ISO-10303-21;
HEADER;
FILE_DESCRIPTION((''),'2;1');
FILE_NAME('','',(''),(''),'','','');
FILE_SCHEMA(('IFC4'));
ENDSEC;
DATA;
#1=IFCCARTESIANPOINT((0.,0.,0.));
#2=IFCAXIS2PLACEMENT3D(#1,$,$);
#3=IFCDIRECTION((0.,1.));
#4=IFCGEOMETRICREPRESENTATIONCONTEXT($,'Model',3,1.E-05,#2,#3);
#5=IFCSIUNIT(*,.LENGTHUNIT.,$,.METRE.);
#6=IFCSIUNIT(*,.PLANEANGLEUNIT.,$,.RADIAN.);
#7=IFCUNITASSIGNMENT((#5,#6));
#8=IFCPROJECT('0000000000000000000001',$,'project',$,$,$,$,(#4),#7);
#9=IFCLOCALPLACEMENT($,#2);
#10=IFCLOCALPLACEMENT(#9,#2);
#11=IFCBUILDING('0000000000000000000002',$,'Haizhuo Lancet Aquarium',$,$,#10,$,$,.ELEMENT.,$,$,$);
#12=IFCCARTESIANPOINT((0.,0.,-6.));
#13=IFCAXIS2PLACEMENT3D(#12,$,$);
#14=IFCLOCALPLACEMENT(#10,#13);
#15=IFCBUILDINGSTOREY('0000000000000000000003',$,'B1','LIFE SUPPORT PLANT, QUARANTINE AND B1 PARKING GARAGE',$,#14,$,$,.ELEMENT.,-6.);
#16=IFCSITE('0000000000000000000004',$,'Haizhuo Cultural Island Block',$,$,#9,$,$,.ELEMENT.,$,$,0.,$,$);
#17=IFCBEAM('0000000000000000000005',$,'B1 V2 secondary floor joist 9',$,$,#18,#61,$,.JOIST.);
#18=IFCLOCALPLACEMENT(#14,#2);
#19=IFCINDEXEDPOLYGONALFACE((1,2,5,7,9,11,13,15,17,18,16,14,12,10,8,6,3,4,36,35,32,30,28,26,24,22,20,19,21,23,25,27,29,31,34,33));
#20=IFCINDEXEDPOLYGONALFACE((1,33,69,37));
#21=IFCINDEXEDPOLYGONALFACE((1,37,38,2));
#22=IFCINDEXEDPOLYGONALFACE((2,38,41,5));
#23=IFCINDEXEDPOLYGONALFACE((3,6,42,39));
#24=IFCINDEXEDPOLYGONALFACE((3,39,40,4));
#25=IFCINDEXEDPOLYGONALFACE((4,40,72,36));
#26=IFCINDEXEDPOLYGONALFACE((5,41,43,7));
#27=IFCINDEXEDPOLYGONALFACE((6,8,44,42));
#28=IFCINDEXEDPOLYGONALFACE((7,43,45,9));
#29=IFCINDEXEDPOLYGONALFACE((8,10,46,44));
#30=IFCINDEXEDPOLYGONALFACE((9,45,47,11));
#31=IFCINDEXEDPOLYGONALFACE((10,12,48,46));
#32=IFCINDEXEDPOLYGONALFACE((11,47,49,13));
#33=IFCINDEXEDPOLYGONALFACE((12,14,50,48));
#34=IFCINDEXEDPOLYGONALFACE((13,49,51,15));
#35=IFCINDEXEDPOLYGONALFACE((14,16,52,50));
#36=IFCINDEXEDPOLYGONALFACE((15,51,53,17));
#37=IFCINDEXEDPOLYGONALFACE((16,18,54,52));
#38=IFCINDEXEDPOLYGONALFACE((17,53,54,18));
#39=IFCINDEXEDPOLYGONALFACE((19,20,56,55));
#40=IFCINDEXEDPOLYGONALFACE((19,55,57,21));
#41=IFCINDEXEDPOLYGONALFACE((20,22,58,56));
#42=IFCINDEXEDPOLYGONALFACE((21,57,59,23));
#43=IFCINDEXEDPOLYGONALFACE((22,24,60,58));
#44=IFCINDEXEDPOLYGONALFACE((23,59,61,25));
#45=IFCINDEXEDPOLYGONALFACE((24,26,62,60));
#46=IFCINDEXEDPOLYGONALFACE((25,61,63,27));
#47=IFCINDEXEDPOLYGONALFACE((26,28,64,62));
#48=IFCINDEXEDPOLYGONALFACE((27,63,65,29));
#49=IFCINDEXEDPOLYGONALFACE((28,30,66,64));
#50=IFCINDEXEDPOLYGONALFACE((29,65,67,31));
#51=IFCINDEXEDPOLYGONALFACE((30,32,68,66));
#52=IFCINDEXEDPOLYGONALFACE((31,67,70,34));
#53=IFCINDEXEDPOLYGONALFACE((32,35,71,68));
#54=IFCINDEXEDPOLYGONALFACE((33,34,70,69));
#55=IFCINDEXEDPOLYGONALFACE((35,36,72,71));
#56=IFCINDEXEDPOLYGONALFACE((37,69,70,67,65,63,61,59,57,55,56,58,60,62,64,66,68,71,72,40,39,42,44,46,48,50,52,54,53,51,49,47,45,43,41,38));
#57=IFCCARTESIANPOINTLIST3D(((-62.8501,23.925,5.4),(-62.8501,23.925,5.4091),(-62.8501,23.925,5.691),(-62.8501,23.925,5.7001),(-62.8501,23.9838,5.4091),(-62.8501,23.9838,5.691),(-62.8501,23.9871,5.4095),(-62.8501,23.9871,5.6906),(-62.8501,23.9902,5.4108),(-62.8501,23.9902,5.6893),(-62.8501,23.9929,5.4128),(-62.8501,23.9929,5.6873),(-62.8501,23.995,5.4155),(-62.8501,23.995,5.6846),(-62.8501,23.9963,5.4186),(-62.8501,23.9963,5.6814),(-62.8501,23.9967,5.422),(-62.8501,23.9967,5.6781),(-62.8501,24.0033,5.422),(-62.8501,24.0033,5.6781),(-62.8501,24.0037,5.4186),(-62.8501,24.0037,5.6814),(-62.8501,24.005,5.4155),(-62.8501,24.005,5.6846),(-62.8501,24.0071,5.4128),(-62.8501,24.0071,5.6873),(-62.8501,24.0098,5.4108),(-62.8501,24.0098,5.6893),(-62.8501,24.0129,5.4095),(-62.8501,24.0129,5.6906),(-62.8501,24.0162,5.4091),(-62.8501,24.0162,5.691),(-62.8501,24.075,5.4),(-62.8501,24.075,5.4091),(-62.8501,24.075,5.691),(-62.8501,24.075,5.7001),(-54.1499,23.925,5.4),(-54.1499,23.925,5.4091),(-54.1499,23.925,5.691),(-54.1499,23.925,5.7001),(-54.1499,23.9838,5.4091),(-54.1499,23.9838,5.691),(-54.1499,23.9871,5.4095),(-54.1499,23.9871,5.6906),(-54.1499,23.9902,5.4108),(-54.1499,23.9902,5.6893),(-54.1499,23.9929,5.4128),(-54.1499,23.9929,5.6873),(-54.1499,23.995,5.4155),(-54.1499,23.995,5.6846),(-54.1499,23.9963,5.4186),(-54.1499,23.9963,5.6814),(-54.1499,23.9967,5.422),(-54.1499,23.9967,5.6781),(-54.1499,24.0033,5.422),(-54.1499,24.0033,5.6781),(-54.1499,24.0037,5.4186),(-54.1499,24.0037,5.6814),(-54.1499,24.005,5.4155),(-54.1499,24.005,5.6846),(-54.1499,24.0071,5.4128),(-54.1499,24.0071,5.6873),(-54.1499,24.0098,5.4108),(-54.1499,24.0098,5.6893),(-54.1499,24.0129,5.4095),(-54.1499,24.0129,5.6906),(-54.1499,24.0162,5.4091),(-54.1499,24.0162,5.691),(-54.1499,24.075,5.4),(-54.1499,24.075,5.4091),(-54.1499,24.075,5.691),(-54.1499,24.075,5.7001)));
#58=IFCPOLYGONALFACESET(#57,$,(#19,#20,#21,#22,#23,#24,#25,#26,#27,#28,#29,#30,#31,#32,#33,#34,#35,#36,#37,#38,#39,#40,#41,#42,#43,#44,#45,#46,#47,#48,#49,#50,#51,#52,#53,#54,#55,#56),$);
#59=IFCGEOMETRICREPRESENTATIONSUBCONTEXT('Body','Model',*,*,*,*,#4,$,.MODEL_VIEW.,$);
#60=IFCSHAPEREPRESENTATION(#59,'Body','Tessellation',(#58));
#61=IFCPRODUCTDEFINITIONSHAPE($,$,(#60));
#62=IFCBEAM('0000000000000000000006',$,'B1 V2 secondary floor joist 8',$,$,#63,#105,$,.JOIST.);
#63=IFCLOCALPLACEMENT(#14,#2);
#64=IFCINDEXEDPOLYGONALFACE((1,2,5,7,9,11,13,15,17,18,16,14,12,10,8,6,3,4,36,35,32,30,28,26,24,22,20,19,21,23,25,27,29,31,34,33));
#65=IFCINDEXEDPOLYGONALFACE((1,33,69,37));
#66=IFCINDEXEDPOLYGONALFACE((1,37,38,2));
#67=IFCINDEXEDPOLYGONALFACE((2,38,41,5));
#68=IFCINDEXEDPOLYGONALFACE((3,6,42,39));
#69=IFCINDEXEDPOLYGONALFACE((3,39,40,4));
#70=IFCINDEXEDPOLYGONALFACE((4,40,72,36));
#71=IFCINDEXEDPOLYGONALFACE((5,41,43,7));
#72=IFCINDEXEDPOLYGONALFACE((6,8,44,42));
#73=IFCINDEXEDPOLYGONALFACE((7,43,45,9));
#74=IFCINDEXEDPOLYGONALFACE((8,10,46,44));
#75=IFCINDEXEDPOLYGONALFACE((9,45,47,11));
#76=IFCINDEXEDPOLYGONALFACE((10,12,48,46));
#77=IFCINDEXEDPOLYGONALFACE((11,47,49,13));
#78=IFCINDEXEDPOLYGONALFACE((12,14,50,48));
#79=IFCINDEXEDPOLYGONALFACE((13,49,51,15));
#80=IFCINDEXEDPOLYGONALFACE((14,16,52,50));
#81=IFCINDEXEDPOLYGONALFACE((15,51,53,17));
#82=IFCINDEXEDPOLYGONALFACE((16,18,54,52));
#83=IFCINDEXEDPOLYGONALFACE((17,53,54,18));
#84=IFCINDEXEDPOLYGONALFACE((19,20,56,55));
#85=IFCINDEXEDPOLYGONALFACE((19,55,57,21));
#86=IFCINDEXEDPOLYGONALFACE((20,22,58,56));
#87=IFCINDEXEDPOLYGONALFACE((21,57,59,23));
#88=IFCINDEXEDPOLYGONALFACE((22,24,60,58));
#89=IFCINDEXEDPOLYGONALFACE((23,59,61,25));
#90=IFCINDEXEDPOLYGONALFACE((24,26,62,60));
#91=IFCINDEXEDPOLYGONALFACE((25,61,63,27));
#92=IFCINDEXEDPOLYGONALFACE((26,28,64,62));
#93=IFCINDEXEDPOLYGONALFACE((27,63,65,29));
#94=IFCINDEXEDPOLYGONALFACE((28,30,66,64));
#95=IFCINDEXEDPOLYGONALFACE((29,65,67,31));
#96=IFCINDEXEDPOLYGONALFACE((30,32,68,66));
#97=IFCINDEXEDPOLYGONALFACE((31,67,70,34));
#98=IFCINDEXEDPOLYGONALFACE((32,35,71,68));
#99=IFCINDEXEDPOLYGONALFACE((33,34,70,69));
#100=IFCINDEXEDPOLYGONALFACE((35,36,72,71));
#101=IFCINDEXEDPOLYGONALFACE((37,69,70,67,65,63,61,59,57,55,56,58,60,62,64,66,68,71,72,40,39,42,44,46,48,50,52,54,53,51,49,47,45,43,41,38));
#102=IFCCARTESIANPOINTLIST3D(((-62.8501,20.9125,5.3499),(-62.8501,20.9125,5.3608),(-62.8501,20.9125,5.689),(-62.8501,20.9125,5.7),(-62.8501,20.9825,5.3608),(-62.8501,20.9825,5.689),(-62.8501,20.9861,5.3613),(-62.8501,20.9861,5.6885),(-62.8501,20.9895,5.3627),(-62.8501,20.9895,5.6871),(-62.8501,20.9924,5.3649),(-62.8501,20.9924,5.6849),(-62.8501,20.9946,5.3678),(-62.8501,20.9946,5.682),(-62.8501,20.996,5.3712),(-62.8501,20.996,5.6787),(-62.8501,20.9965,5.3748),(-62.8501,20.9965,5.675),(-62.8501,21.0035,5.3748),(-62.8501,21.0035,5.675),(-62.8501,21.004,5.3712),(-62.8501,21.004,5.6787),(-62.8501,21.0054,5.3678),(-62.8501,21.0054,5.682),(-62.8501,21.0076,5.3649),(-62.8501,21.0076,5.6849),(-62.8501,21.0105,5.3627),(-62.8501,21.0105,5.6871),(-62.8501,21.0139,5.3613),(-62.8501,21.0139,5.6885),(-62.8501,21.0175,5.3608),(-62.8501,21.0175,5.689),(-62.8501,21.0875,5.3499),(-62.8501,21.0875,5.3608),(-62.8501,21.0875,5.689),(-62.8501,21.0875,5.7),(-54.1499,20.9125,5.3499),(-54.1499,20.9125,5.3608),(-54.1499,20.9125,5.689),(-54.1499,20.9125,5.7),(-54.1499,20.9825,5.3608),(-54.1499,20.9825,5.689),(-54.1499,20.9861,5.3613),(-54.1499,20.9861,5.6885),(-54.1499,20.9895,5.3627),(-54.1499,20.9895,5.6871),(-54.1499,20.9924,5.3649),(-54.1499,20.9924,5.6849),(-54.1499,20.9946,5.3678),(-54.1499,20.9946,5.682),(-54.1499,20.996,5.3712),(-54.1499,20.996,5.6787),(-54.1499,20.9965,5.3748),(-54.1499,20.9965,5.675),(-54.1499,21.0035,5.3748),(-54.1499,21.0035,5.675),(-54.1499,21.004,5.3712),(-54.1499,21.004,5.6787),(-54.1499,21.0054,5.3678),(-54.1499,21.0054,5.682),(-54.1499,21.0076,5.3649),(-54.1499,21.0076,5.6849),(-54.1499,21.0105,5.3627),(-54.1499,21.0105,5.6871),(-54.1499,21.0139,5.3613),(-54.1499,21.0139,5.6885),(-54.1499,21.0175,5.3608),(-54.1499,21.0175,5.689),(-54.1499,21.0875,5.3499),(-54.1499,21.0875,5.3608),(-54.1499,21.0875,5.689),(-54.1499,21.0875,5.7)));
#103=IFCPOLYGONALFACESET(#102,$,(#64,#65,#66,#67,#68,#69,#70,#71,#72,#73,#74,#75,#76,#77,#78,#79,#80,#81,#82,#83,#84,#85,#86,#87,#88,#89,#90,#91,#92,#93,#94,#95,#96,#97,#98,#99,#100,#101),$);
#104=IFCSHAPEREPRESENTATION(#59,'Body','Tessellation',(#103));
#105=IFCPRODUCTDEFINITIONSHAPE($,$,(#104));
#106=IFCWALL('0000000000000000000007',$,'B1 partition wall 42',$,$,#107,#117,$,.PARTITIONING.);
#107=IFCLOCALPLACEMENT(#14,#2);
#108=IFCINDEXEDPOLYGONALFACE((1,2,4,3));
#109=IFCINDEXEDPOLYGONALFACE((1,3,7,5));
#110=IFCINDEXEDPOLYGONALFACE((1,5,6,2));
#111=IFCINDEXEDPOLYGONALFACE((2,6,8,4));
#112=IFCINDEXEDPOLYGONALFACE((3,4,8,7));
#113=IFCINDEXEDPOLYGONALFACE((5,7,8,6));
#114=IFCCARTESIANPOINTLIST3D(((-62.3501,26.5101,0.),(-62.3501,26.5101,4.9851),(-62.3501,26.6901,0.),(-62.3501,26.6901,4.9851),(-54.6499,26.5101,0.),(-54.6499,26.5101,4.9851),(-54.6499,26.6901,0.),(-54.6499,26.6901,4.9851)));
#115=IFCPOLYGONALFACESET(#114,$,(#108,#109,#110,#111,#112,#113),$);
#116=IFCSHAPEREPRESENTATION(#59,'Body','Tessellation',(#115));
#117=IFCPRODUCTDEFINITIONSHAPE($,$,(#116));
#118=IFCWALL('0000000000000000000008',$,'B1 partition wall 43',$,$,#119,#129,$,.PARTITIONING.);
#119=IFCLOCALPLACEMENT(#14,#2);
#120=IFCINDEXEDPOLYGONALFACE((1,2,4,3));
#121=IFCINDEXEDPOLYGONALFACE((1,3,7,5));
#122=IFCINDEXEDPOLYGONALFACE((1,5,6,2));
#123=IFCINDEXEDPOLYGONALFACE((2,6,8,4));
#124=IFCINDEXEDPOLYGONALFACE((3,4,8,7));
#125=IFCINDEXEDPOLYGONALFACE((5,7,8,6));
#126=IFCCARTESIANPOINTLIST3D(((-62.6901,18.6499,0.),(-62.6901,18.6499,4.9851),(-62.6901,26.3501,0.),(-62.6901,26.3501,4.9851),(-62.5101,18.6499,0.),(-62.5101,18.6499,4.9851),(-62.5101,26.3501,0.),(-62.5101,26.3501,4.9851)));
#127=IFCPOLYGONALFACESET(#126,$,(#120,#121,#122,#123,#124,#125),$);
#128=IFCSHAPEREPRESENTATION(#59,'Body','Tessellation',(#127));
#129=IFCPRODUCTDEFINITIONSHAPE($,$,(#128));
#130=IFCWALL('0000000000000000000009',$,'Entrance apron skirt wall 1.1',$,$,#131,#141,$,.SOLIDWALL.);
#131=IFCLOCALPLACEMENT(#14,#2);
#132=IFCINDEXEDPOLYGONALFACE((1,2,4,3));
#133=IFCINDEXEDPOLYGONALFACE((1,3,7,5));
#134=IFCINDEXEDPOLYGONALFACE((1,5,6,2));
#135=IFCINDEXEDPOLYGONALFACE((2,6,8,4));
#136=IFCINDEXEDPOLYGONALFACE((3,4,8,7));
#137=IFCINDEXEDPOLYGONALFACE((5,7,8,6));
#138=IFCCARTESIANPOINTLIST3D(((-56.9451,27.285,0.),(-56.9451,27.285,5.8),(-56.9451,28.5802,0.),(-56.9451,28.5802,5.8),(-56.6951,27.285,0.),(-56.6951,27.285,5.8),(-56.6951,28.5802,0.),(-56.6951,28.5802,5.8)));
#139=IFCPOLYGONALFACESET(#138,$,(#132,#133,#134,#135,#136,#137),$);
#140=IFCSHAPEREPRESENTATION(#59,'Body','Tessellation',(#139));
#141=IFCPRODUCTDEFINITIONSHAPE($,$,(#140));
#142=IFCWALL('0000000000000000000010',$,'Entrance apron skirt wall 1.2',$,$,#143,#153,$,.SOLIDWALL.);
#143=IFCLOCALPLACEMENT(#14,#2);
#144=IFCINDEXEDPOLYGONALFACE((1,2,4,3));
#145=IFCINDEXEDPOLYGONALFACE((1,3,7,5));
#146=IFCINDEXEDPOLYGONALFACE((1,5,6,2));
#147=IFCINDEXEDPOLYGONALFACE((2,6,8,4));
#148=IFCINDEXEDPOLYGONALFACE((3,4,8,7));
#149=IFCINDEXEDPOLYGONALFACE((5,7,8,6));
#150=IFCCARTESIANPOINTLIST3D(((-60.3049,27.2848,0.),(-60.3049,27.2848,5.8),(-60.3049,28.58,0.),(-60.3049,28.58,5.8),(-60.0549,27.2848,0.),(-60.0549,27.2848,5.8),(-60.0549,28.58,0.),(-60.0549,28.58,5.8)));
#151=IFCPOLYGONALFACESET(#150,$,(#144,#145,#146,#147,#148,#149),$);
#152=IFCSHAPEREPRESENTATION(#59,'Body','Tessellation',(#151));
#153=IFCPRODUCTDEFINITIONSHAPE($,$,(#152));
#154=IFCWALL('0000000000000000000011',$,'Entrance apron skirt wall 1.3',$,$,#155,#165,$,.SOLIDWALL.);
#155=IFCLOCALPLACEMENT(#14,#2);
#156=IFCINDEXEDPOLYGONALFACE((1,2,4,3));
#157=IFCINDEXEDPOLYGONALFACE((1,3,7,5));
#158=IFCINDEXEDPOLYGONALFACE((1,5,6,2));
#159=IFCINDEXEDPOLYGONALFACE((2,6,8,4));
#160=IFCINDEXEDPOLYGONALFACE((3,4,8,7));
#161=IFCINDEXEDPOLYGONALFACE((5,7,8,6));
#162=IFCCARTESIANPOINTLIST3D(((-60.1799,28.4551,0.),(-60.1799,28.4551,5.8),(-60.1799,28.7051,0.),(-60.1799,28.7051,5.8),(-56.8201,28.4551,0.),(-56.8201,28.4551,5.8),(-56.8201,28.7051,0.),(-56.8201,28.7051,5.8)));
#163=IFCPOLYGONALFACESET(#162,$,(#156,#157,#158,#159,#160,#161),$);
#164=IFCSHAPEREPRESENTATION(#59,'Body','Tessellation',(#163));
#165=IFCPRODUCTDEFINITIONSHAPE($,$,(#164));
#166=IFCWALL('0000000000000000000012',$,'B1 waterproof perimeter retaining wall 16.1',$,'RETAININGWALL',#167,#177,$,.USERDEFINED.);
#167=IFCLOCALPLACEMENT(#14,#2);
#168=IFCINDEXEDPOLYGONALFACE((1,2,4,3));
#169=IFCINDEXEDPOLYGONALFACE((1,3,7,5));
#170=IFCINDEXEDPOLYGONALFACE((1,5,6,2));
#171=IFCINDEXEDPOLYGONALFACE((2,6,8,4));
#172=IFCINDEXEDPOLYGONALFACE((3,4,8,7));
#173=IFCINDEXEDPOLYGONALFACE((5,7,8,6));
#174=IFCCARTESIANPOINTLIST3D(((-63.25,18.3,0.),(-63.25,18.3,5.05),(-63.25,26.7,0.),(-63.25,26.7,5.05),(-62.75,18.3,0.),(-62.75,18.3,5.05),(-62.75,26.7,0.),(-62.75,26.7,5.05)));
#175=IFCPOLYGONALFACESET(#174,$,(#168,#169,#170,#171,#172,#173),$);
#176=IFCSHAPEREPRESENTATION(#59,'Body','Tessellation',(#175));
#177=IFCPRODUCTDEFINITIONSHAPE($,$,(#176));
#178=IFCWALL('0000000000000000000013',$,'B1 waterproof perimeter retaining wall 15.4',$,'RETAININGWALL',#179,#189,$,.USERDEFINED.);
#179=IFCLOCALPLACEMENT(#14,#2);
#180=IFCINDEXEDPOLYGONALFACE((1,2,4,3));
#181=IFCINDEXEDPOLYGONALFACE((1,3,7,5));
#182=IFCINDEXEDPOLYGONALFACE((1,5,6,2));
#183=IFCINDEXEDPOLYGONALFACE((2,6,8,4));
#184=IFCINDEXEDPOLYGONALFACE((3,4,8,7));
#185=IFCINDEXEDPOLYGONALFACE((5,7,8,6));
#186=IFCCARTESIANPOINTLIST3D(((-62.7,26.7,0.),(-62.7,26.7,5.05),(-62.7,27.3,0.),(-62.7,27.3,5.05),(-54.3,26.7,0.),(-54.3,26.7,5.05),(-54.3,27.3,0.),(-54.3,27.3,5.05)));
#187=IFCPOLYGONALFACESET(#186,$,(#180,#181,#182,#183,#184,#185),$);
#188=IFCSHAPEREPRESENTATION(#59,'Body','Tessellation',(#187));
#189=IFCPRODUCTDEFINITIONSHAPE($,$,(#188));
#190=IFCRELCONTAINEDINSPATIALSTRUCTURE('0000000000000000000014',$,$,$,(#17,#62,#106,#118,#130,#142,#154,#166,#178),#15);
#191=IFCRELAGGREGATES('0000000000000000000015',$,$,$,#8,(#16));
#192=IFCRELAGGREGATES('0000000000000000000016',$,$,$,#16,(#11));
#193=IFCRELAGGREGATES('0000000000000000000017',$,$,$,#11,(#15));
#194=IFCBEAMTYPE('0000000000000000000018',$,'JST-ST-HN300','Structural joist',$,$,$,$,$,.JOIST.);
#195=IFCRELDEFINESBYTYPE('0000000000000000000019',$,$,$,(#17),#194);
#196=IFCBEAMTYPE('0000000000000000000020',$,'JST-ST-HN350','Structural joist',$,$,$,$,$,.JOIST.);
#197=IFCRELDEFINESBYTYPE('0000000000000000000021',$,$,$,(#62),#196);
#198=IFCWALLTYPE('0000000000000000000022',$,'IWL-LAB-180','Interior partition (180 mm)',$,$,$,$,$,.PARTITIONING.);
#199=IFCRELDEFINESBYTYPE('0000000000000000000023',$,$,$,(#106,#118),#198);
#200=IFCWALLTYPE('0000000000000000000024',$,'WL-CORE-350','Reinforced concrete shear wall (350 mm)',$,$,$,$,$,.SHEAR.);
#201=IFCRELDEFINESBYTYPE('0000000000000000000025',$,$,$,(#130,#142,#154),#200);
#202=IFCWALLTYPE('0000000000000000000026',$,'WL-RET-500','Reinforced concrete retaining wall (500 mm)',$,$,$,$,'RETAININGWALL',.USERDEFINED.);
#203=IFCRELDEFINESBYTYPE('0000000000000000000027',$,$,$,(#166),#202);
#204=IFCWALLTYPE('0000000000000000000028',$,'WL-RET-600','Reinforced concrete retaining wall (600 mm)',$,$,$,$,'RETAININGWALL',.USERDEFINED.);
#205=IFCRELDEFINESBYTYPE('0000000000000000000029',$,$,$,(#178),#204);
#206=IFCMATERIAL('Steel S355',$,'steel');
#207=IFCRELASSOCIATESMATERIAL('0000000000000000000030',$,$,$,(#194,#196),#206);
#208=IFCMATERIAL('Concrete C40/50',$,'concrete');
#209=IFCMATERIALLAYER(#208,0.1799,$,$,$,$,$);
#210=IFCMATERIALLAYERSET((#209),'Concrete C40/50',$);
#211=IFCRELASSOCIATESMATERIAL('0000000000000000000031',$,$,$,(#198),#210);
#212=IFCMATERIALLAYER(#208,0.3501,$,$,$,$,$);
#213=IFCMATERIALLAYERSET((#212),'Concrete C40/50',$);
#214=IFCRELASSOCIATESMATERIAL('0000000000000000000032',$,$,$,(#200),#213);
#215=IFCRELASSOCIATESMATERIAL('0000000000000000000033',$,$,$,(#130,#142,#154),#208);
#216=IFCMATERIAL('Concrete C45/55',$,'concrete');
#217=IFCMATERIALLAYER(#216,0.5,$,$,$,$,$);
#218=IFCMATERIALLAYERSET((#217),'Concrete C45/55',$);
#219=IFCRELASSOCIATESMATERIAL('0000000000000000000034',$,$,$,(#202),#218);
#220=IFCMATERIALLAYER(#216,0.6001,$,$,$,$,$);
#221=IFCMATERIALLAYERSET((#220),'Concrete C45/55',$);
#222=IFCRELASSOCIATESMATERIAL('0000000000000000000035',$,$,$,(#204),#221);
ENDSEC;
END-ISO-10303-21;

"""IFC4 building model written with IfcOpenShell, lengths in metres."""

from ifc_helpers import new_model, si_unit, direction, frame, frame_2d, origin, origin_2d, place, context, subcontext, project, spatial, rectangle, i_section, extrude, material, layer, layer_set, material_profile, profile_set, type_object, element, save


model = new_model("IFC4")

# Units and contexts
model_context = context("Model", 3, precision=1e-05, world=origin(), true_north=direction((0.0, 1.0)))
body_context = subcontext(model_context, "Body", "Model", "MODEL_VIEW")
ifc_project = project(units=[si_unit("LENGTHUNIT", "METRE"), si_unit("PLANEANGLEUNIT", "RADIAN")], contexts=[model_context])

# Site, building, storey
site_placement = place(None, origin())
site = spatial("IfcSite", under=ifc_project, at=site_placement, Name="Haizhuo Cultural Island Block", CompositionType="ELEMENT", RefElevation=0.0)
building_placement = place(site_placement, origin())
building = spatial("IfcBuilding", under=site, at=building_placement, Name="Haizhuo Lancet Aquarium", CompositionType="ELEMENT")
storey_placement = place(building_placement, frame((0.0, 0.0, -6.0)))
storey = spatial("IfcBuildingStorey", under=building, at=storey_placement, Name="B1", Description="LIFE SUPPORT PLANT, QUARANTINE AND B1 PARKING GARAGE", CompositionType="ELEMENT", Elevation=-6.0)

# Shared definitions
ifc_material_1 = material(Name="Concrete C40/50", Category="concrete")

# Beams
ifc_material_2 = material(Name="Steel S355", Category="steel")
ifc_material_profile_1 = material_profile(ifc_material_2, i_section(OverallWidth=0.1499, OverallDepth=0.3, WebThickness=0.0066, FlangeThickness=0.009, FilletRadius=0.0129, at=origin_2d()), Name="HN 300x150x6.5x9")
ifc_profile_set_1 = profile_set([ifc_material_profile_1], Name="Steel S355")
beam_type_1 = type_object("IfcBeamType", Name="JST-ST-HN300", Description="Structural joist", PredefinedType="JOIST", material=ifc_profile_set_1)
beam_1_placement = place(storey_placement, frame((-62.8501, 24.0, 5.55), z_axis=(1.0, 0.0, 0.0), x_axis=(0.0, 1.0, 0.0)))
element("IfcBeam", 1, at=beam_1_placement, inside=storey, type_object=beam_type_1, Name="B1 V2 secondary floor joist 9", PredefinedType="JOIST", context=body_context, shape_type="SweptSolid", body=[
    extrude(i_section(OverallWidth=0.1499, OverallDepth=0.3, WebThickness=0.0066, FlangeThickness=0.009, FilletRadius=0.0129, at=origin_2d()), origin(), (0.0, 0.0, 1.0), 8.7002),
])
ifc_material_profile_2 = material_profile(ifc_material_2, i_section(OverallWidth=0.175, OverallDepth=0.3501, WebThickness=0.0071, FlangeThickness=0.011, FilletRadius=0.0139, at=origin_2d()), Name="HN 350x175x7x11")
ifc_profile_set_2 = profile_set([ifc_material_profile_2], Name="Steel S355")
beam_type_2 = type_object("IfcBeamType", Name="JST-ST-HN350", Description="Structural joist", PredefinedType="JOIST", material=ifc_profile_set_2)
beam_2_placement = place(storey_placement, frame((-62.8501, 21.0, 5.5249), z_axis=(1.0, 0.0, 0.0), x_axis=(0.0, 1.0, 0.0)))
element("IfcBeam", 2, at=beam_2_placement, inside=storey, type_object=beam_type_2, Name="B1 V2 secondary floor joist 8", PredefinedType="JOIST", context=body_context, shape_type="SweptSolid", body=[
    extrude(i_section(OverallWidth=0.175, OverallDepth=0.3501, WebThickness=0.0071, FlangeThickness=0.011, FilletRadius=0.0139, at=origin_2d()), origin(), (0.0, 0.0, 1.0), 8.7002),
])

# Walls
ifc_layer_1 = layer(ifc_material_1, 0.1799)
ifc_layer_set_1 = layer_set([ifc_layer_1], Name="Concrete C40/50")
wall_type_1 = type_object("IfcWallType", Name="IWL-LAB-180", Description="Interior partition (180 mm)", PredefinedType="PARTITIONING", material=ifc_layer_set_1)
for number, where, z_axis, x_axis, name in (
    (3, (-54.6499, 26.6001, 0.0), (0.0, 0.0, 1.0), (-1.0, 0.0, 0.0), "B1 partition wall 42"),
    (4, (-62.6001, 26.3501, 0.0), (0.0, 0.0, 1.0), (0.0, -1.0, 0.0), "B1 partition wall 43"),
):
    element("IfcWall", number, at=place(storey_placement, frame(where, z_axis=z_axis, x_axis=x_axis)), inside=storey, type_object=wall_type_1, Name=name, PredefinedType="PARTITIONING", context=body_context, shape_type="SweptSolid", body=[
        extrude(rectangle(XDim=7.7002, YDim=0.1799, at=frame_2d((3.8501, 0.0))), origin(), (0.0, 0.0, 1.0), 4.9851),
    ])
ifc_layer_2 = layer(ifc_material_1, 0.3501)
ifc_layer_set_2 = layer_set([ifc_layer_2], Name="Concrete C40/50")
wall_type_2 = type_object("IfcWallType", Name="WL-CORE-350", Description="Reinforced concrete shear wall (350 mm)", PredefinedType="SHEAR", material=ifc_layer_set_2)
for number, where, z_axis, x_axis, name in (
    (5, (-56.8201, 28.5801, 0.0), (0.0, 0.0, 1.0), (0.0, -1.0, 0.0), "Entrance apron skirt wall 1.1"),
    (6, (-60.1799, 27.2849, 0.0), (0.0, 0.0, 1.0), (0.0, 1.0, 0.0), "Entrance apron skirt wall 1.2"),
):
    element("IfcWall", number, at=place(storey_placement, frame(where, z_axis=z_axis, x_axis=x_axis)), inside=storey, type_object=wall_type_2, material=ifc_material_1, Name=name, PredefinedType="SOLIDWALL", context=body_context, shape_type="SweptSolid", body=[
        extrude(rectangle(XDim=1.2952, YDim=0.25, at=frame_2d((0.6475, 0.0))), origin(), (0.0, 0.0, 1.0), 5.8),
    ])
wall_1_placement = place(storey_placement, frame((-60.1799, 28.5801, 0.0), z_axis=(0.0, 0.0, 1.0), x_axis=(1.0, 0.0, 0.0)))
element("IfcWall", 7, at=wall_1_placement, inside=storey, type_object=wall_type_2, material=ifc_material_1, Name="Entrance apron skirt wall 1.3", PredefinedType="SOLIDWALL", context=body_context, shape_type="SweptSolid", body=[
    extrude(rectangle(XDim=3.3599, YDim=0.25, at=frame_2d((1.6799, 0.0))), origin(), (0.0, 0.0, 1.0), 5.8),
])
ifc_material_3 = material(Name="Concrete C45/55", Category="concrete")
ifc_layer_3 = layer(ifc_material_3, 0.5)
ifc_layer_set_3 = layer_set([ifc_layer_3], Name="Concrete C45/55")
wall_type_3 = type_object("IfcWallType", Name="WL-RET-500", Description="Reinforced concrete retaining wall (500 mm)", ElementType="RETAININGWALL", PredefinedType="USERDEFINED", material=ifc_layer_set_3)
wall_2_placement = place(storey_placement, frame((-63.0, 26.7, 0.0), z_axis=(0.0, 0.0, 1.0), x_axis=(0.0, -1.0, 0.0)))
element("IfcWall", 8, at=wall_2_placement, inside=storey, type_object=wall_type_3, Name="B1 waterproof perimeter retaining wall 16.1", ObjectType="RETAININGWALL", PredefinedType="USERDEFINED", context=body_context, shape_type="SweptSolid", body=[
    extrude(rectangle(XDim=8.3999, YDim=0.5, at=frame_2d((4.2, 0.0))), origin(), (0.0, 0.0, 1.0), 5.05),
])
ifc_layer_4 = layer(ifc_material_3, 0.6001)
ifc_layer_set_4 = layer_set([ifc_layer_4], Name="Concrete C45/55")
wall_type_4 = type_object("IfcWallType", Name="WL-RET-600", Description="Reinforced concrete retaining wall (600 mm)", ElementType="RETAININGWALL", PredefinedType="USERDEFINED", material=ifc_layer_set_4)
wall_3_placement = place(storey_placement, frame((-54.3, 27.0, 0.0), z_axis=(0.0, 0.0, 1.0), x_axis=(-1.0, 0.0, 0.0)))
element("IfcWall", 9, at=wall_3_placement, inside=storey, type_object=wall_type_4, Name="B1 waterproof perimeter retaining wall 15.4", ObjectType="RETAININGWALL", PredefinedType="USERDEFINED", context=body_context, shape_type="SweptSolid", body=[
    extrude(rectangle(XDim=8.3999, YDim=0.6001, at=frame_2d((4.2, 0.0))), origin(), (0.0, 0.0, 1.0), 5.05),
])

save(model, "model.ifc")
